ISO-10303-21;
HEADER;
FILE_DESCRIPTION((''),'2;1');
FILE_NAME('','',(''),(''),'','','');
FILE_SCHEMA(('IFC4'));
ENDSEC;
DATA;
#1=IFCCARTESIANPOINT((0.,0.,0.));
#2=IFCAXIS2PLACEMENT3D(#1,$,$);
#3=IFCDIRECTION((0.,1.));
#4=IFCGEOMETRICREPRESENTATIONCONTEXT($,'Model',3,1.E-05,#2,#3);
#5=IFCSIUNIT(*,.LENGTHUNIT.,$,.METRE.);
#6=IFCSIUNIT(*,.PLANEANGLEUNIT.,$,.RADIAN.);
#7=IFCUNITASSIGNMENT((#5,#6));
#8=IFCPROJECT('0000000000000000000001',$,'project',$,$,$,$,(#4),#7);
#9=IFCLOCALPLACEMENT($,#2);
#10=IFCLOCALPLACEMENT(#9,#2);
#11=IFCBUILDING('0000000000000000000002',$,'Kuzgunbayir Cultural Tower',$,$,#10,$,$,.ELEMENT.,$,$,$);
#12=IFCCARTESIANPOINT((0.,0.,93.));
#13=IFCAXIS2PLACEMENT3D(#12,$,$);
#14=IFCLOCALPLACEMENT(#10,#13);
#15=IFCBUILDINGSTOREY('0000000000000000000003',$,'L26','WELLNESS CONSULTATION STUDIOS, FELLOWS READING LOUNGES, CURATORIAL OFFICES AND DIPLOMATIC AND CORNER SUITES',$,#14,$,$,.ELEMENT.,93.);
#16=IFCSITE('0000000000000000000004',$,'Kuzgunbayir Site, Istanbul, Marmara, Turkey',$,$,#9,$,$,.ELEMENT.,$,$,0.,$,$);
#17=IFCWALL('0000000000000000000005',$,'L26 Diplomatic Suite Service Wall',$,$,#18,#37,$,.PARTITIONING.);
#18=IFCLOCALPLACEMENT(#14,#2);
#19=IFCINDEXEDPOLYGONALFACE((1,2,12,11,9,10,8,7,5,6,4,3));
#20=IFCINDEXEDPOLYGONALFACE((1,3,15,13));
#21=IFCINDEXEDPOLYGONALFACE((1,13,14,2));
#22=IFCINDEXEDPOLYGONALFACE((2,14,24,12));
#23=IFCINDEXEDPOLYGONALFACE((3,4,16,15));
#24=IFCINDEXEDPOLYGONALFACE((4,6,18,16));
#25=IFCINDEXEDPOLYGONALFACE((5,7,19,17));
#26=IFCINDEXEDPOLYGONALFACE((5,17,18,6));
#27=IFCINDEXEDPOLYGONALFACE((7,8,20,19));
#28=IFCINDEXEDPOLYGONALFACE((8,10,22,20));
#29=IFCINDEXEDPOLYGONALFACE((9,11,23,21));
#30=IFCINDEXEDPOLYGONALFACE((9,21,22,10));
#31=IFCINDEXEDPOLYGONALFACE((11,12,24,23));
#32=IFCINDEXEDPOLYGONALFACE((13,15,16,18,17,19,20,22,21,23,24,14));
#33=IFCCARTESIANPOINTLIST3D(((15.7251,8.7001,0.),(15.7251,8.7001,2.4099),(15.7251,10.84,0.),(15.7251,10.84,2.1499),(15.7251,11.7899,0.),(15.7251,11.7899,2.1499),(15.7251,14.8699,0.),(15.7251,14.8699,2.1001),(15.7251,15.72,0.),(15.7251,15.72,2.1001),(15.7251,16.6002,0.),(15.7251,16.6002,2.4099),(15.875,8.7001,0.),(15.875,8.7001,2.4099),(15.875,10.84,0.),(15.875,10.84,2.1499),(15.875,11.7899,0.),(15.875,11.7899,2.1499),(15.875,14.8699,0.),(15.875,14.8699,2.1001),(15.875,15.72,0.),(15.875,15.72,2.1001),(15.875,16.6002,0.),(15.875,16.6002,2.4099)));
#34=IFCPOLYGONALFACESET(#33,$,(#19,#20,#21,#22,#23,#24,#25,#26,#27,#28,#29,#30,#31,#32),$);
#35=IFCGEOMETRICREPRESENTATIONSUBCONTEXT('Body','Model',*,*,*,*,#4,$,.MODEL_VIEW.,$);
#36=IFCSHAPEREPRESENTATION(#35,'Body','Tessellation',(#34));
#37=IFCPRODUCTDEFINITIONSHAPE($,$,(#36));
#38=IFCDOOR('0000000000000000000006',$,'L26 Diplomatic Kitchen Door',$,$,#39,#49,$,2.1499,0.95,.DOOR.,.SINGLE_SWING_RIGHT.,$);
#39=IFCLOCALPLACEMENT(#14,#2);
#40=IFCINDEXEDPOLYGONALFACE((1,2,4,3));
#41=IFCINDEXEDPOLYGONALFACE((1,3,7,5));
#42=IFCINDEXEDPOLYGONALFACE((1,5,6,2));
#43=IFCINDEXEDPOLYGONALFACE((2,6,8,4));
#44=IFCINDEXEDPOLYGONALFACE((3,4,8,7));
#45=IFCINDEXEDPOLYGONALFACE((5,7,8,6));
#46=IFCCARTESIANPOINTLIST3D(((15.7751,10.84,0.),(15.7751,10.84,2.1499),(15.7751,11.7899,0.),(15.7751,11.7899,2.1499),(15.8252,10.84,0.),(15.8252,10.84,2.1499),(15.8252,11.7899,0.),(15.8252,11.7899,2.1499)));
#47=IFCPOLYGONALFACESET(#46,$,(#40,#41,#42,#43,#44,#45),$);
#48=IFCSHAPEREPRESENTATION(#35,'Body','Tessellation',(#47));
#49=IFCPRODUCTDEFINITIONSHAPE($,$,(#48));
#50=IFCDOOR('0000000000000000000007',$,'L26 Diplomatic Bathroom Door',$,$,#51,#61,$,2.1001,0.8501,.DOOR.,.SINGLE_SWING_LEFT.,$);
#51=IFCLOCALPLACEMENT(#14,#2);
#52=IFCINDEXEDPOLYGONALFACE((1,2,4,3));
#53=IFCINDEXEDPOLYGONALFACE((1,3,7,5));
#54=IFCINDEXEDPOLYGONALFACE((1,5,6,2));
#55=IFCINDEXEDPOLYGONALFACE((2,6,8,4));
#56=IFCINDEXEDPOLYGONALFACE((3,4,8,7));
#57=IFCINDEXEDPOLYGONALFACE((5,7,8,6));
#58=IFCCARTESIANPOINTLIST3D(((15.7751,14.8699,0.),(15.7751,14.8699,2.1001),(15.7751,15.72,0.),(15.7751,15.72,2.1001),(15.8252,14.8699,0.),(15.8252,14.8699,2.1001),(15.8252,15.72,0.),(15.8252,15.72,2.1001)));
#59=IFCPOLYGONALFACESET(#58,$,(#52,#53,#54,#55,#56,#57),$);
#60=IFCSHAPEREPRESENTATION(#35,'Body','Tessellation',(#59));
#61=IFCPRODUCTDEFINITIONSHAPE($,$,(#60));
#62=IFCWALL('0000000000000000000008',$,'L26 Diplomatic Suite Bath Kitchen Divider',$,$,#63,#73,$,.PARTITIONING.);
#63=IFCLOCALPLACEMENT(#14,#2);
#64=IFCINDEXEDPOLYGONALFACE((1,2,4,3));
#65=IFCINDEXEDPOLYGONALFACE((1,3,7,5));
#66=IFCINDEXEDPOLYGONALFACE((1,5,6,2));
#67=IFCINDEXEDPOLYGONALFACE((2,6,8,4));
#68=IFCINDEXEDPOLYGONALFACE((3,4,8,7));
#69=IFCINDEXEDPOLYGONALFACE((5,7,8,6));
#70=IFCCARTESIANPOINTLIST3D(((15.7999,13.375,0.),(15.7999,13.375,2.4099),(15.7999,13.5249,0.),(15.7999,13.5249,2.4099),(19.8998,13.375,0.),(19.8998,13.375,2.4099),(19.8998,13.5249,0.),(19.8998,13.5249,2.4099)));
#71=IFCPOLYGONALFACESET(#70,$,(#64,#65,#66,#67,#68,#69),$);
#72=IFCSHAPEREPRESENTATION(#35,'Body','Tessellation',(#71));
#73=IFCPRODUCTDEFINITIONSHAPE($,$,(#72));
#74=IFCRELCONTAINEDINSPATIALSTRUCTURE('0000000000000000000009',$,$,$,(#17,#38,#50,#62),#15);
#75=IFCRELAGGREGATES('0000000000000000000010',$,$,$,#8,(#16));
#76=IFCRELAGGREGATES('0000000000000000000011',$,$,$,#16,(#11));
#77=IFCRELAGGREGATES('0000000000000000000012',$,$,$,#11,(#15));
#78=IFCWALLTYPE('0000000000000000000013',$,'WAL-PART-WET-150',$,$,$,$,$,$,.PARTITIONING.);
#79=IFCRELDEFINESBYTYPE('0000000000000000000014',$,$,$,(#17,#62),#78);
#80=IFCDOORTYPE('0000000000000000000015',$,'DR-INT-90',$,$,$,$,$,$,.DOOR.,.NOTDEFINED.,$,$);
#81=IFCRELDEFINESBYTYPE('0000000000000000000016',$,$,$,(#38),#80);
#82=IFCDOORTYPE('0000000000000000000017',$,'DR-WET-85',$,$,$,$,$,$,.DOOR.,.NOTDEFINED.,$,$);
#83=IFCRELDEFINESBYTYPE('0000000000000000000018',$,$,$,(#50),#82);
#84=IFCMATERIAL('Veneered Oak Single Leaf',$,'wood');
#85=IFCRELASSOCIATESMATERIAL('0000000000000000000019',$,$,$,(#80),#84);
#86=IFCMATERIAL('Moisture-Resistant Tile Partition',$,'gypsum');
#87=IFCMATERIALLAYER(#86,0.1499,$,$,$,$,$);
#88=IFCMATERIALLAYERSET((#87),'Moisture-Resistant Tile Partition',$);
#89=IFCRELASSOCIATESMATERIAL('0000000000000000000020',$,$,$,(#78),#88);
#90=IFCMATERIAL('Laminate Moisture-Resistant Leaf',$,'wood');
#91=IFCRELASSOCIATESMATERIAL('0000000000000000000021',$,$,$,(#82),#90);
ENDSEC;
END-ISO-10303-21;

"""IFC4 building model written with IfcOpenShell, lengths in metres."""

from ifc_helpers import new_model, si_unit, direction, frame, frame_2d, origin, place, context, subcontext, project, spatial, rectangle, extrude, material, layer, layer_set, type_object, element, fill, save


model = new_model("IFC4")

# Units and contexts
model_context = context("Model", 3, precision=1e-05, world=origin(), true_north=direction((0.0, 1.0)))
body_context = subcontext(model_context, "Body", "Model", "MODEL_VIEW")
ifc_project = project(units=[si_unit("LENGTHUNIT", "METRE"), si_unit("PLANEANGLEUNIT", "RADIAN")], contexts=[model_context])

# Site, building, storey
site_placement = place(None, origin())
site = spatial("IfcSite", under=ifc_project, at=site_placement, Name="Kuzgunbayir Site, Istanbul, Marmara, Turkey", CompositionType="ELEMENT", RefElevation=0.0)
building_placement = place(site_placement, origin())
building = spatial("IfcBuilding", under=site, at=building_placement, Name="Kuzgunbayir Cultural Tower", CompositionType="ELEMENT")
storey_placement = place(building_placement, frame((0.0, 0.0, 93.0)))
storey = spatial("IfcBuildingStorey", under=building, at=storey_placement, Name="L26", Description="WELLNESS CONSULTATION STUDIOS, FELLOWS READING LOUNGES, CURATORIAL OFFICES AND DIPLOMATIC AND CORNER SUITES", CompositionType="ELEMENT", Elevation=93.0)

# Wall, openings, doors
ifc_material_1 = material(Name="Veneered Oak Single Leaf", Category="wood")
door_type_1 = type_object("IfcDoorType", Name="DR-INT-90", OperationType="NOTDEFINED", PredefinedType="DOOR", material=ifc_material_1)
ifc_material_2 = material(Name="Laminate Moisture-Resistant Leaf", Category="wood")
ifc_material_3 = material(Name="Moisture-Resistant Tile Partition", Category="gypsum")
ifc_layer_1 = layer(ifc_material_3, 0.1499)
ifc_layer_set_1 = layer_set([ifc_layer_1], Name="Moisture-Resistant Tile Partition")
wall_type_1 = type_object("IfcWallType", Name="WAL-PART-WET-150", PredefinedType="PARTITIONING", material=ifc_layer_set_1)
wall_1_placement = place(storey_placement, frame((15.8, 8.7, 0.0), z_axis=(0.0, 0.0, 1.0), x_axis=(0.0, 1.0, 0.0)))
wall_1 = element("IfcWall", 1, at=wall_1_placement, inside=storey, type_object=wall_type_1, Name="L26 Diplomatic Suite Service Wall", PredefinedType="PARTITIONING", context=body_context, shape_type="SweptSolid", body=[
    extrude(rectangle(XDim=7.9001, YDim=0.1499, at=frame_2d((3.9502, 0.0))), origin(), (0.0, 0.0, 1.0), 2.4099),
])
opening_1_placement = place(wall_1_placement, frame((2.1399, 0.0, 0.0)))
opening_1 = element("IfcOpeningElement", 2, at=opening_1_placement, cuts=wall_1, PredefinedType="OPENING", context=body_context, shape_type="SweptSolid", body=[
    extrude(rectangle(XDim=0.95, YDim=2.1499, at=frame_2d((0.4751, 1.075))), frame((0.0, 0.085, 0.0), z_axis=(0.0, -1.0, 0.0), x_axis=(1.0, 0.0, 0.0)), (0.0, 0.0, 1.0), 0.1699),
])
opening_2_placement = place(wall_1_placement, frame((6.1699, 0.0, 0.0)))
opening_2 = element("IfcOpeningElement", 3, at=opening_2_placement, cuts=wall_1, PredefinedType="OPENING", context=body_context, shape_type="SweptSolid", body=[
    extrude(rectangle(XDim=0.8501, YDim=2.1001, at=frame_2d((0.425, 1.05))), frame((0.0, 0.085, 0.0), z_axis=(0.0, -1.0, 0.0), x_axis=(1.0, 0.0, 0.0)), (0.0, 0.0, 1.0), 0.1699),
])
door_1_placement = place(opening_1_placement, origin())
door_1 = element("IfcDoor", 4, at=door_1_placement, inside=storey, type_object=door_type_1, Name="L26 Diplomatic Kitchen Door", OperationType="SINGLE_SWING_RIGHT", OverallHeight=2.1499, OverallWidth=0.95, PredefinedType="DOOR", context=body_context, shape_type="SweptSolid", body=[
    extrude(rectangle(XDim=0.95, YDim=2.1499, at=frame_2d((0.4751, 1.075))), frame((0.0, 0.0249, 0.0), z_axis=(0.0, -1.0, 0.0), x_axis=(1.0, 0.0, 0.0)), (0.0, 0.0, 1.0), 0.05),
])
fill(opening_1, door_1)
door_type_2 = type_object("IfcDoorType", Name="DR-WET-85", OperationType="NOTDEFINED", PredefinedType="DOOR", material=ifc_material_2)
door_2_placement = place(opening_2_placement, origin())
door_2 = element("IfcDoor", 5, at=door_2_placement, inside=storey, type_object=door_type_2, Name="L26 Diplomatic Bathroom Door", OperationType="SINGLE_SWING_LEFT", OverallHeight=2.1001, OverallWidth=0.8501, PredefinedType="DOOR", context=body_context, shape_type="SweptSolid", body=[
    extrude(rectangle(XDim=0.8501, YDim=2.1001, at=frame_2d((0.425, 1.05))), frame((0.0, 0.0249, 0.0), z_axis=(0.0, -1.0, 0.0), x_axis=(1.0, 0.0, 0.0)), (0.0, 0.0, 1.0), 0.05),
])
fill(opening_2, door_2)

# Wall
wall_2_placement = place(storey_placement, frame((15.8, 13.45, 0.0), z_axis=(0.0, 0.0, 1.0), x_axis=(1.0, 0.0, 0.0)))
element("IfcWall", 6, at=wall_2_placement, inside=storey, type_object=wall_type_1, Name="L26 Diplomatic Suite Bath Kitchen Divider", PredefinedType="PARTITIONING", context=body_context, shape_type="SweptSolid", body=[
    extrude(rectangle(XDim=4.0999, YDim=0.1499, at=frame_2d((2.0498, 0.0))), origin(), (0.0, 0.0, 1.0), 2.4099),
])

save(model, "model.ifc")
